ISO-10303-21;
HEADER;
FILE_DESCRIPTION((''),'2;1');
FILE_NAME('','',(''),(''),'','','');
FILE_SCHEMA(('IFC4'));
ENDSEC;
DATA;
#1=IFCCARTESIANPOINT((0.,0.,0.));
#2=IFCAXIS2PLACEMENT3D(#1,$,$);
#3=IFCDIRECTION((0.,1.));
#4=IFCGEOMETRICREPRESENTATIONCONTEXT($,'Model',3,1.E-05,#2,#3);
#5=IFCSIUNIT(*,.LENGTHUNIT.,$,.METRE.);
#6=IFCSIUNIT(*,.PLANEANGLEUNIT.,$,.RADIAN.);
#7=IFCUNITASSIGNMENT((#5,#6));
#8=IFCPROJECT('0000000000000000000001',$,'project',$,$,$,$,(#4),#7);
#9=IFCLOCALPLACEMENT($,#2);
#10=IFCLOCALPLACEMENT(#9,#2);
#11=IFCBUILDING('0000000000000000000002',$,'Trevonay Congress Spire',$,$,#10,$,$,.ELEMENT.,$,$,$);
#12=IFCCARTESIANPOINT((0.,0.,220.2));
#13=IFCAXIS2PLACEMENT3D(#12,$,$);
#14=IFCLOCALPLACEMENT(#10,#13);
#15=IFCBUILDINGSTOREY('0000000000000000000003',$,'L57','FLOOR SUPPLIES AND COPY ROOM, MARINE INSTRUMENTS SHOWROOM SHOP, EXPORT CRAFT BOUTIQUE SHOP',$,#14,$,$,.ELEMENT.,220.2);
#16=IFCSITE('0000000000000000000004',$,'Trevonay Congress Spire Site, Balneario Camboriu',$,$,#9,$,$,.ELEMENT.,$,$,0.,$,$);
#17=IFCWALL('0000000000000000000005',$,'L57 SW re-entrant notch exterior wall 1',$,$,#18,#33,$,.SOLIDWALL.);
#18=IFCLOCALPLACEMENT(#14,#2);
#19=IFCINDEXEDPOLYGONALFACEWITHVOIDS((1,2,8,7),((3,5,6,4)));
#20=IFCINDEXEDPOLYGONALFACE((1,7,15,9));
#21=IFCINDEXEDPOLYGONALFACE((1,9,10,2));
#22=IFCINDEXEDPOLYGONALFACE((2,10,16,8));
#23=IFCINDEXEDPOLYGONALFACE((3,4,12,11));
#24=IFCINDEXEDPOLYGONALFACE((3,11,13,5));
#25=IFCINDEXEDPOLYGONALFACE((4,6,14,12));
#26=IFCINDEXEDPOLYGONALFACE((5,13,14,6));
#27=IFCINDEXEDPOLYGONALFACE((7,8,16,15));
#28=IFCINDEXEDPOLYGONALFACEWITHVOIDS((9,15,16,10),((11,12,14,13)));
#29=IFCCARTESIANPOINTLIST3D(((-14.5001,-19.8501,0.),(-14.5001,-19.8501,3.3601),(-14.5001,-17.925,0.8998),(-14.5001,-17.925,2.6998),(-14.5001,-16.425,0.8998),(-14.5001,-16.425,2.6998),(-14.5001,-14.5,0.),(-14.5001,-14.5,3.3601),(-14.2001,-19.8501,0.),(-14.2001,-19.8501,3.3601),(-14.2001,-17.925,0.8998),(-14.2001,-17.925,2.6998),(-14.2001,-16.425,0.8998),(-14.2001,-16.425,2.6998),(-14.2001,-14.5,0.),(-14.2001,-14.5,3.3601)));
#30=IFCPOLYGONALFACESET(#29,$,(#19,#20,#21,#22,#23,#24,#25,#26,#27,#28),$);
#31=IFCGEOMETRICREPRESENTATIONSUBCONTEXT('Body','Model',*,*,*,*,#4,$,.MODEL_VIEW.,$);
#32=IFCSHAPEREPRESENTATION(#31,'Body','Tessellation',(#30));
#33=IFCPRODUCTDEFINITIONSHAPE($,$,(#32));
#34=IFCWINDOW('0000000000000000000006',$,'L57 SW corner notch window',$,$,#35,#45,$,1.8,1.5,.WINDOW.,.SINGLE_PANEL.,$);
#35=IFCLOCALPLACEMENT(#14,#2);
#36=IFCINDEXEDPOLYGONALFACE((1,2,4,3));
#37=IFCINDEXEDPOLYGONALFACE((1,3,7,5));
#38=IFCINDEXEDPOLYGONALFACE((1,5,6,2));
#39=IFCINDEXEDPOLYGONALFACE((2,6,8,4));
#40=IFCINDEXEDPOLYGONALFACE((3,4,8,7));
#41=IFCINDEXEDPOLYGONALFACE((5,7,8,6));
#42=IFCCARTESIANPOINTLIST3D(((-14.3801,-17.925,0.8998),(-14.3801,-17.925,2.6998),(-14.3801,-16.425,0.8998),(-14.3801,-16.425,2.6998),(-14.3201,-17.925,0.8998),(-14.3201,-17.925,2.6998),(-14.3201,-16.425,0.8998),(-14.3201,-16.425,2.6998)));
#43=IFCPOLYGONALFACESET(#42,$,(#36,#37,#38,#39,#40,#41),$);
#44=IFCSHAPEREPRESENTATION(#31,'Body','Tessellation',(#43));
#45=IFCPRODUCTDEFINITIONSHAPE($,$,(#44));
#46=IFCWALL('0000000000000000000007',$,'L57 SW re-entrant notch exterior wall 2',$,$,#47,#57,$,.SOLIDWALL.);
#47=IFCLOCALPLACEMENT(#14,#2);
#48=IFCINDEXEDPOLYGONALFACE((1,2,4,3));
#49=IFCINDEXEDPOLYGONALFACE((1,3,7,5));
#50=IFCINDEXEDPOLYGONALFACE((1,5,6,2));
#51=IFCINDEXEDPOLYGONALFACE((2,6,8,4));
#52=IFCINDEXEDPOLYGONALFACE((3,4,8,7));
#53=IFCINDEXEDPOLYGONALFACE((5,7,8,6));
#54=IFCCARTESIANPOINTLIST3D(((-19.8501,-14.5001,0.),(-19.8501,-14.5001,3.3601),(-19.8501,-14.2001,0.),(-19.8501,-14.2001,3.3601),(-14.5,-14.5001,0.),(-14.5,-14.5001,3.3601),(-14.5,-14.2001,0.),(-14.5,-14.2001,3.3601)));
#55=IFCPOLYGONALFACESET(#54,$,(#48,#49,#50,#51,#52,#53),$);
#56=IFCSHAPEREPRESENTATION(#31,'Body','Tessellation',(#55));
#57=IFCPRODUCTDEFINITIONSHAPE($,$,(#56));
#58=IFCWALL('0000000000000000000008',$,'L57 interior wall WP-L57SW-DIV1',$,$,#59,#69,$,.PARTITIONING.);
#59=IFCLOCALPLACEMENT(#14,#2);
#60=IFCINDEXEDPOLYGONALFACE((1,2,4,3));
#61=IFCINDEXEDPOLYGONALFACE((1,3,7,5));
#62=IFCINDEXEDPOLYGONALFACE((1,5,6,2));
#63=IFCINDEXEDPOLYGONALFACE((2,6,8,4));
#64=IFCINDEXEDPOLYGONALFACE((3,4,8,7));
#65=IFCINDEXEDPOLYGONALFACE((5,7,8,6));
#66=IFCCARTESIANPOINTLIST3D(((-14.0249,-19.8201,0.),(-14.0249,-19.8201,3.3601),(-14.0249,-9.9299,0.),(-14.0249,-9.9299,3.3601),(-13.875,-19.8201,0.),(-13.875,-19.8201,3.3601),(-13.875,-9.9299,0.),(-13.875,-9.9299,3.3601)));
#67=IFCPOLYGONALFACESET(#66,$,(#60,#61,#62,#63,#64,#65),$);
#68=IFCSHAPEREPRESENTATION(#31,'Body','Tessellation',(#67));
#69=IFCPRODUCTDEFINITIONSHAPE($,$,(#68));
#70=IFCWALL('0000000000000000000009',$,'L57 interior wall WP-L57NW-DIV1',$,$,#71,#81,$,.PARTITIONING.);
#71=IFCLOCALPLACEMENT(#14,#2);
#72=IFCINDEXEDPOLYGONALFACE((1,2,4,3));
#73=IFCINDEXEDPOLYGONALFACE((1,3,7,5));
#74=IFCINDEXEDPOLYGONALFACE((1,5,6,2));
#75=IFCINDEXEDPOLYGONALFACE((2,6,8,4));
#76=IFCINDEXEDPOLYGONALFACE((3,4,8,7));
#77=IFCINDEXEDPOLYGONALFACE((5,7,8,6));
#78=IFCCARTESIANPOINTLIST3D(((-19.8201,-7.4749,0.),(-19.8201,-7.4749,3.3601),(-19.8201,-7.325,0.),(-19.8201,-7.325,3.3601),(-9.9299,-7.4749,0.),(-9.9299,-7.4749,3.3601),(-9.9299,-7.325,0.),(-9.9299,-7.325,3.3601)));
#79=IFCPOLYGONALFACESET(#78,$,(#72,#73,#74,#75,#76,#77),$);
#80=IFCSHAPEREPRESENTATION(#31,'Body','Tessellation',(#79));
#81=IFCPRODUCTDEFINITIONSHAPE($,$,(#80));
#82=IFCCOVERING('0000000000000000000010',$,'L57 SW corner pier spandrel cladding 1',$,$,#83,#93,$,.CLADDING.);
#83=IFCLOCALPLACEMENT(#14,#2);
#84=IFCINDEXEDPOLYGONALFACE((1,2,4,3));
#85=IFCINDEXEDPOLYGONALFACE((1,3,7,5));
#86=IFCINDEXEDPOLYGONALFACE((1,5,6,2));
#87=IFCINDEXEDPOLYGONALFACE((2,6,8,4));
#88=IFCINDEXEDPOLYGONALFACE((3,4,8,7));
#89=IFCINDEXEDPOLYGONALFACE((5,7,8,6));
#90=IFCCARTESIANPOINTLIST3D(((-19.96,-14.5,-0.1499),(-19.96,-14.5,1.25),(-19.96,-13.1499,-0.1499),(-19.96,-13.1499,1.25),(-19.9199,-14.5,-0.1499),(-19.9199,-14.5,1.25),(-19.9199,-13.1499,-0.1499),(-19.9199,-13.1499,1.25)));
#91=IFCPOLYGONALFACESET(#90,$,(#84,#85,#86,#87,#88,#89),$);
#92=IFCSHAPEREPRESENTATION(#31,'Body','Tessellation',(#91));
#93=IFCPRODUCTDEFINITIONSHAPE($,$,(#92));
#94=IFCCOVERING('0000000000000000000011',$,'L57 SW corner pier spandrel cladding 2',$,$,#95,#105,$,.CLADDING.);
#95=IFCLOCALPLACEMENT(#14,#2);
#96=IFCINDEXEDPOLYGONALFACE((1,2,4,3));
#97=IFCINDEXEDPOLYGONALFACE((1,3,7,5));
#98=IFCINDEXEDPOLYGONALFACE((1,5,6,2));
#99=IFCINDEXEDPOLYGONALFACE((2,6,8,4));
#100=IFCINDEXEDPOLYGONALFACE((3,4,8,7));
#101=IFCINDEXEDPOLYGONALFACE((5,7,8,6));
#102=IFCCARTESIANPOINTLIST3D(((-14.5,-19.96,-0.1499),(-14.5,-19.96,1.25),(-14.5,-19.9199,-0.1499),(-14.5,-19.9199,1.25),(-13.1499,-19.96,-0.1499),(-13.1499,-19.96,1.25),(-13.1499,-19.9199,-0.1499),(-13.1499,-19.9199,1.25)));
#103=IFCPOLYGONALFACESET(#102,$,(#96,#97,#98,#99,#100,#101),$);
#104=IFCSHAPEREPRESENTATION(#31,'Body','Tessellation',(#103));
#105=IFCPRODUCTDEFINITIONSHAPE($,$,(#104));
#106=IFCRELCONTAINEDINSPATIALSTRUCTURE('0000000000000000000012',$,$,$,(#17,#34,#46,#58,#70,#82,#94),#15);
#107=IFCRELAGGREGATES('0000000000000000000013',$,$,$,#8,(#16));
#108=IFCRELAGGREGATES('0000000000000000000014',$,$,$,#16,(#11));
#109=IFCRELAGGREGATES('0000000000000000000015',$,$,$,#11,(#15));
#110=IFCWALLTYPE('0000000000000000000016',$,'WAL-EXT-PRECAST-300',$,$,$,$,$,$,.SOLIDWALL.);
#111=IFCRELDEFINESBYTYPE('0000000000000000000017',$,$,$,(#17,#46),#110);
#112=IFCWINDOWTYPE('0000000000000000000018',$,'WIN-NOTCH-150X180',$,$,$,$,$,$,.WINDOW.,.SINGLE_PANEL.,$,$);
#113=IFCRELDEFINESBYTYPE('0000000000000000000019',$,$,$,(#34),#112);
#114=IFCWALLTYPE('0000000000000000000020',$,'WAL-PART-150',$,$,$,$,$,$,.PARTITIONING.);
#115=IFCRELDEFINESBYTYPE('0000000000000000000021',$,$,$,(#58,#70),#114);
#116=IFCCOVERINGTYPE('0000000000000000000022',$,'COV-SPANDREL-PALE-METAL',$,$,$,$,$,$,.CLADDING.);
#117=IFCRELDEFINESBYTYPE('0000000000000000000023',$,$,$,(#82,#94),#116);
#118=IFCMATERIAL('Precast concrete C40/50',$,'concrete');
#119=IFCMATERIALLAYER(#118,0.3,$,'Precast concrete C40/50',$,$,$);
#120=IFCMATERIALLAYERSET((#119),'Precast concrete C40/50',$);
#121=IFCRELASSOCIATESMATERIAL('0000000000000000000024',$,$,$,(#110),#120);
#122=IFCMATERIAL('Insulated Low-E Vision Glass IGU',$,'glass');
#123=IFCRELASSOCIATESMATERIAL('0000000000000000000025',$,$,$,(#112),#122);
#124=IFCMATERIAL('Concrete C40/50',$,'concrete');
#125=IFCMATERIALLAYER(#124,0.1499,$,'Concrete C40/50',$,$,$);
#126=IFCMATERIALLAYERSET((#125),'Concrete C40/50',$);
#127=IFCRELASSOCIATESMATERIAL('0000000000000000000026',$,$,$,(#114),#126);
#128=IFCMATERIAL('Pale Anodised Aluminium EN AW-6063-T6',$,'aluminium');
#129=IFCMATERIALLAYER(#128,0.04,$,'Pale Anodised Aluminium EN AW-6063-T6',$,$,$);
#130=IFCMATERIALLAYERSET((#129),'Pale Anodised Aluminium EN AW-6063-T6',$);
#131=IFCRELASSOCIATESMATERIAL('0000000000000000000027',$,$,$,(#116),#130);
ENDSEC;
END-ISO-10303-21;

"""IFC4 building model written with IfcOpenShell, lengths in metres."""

from ifc_helpers import new_model, si_unit, direction, frame, frame_2d, origin, place, context, subcontext, project, spatial, rectangle, extrude, material, layer, layer_set, type_object, element, fill, save


model = new_model("IFC4")

# Units and contexts
model_context = context("Model", 3, precision=1e-05, world=origin(), true_north=direction((0.0, 1.0)))
body_context = subcontext(model_context, "Body", "Model", "MODEL_VIEW")
ifc_project = project(units=[si_unit("LENGTHUNIT", "METRE"), si_unit("PLANEANGLEUNIT", "RADIAN")], contexts=[model_context])

# Site, building, storey
site_placement = place(None, origin())
site = spatial("IfcSite", under=ifc_project, at=site_placement, Name="Trevonay Congress Spire Site, Balneario Camboriu", CompositionType="ELEMENT", RefElevation=0.0)
building_placement = place(site_placement, origin())
building = spatial("IfcBuilding", under=site, at=building_placement, Name="Trevonay Congress Spire", CompositionType="ELEMENT")
storey_placement = place(building_placement, frame((0.0, 0.0, 220.2)))
storey = spatial("IfcBuildingStorey", under=building, at=storey_placement, Name="L57", Description="FLOOR SUPPLIES AND COPY ROOM, MARINE INSTRUMENTS SHOWROOM SHOP, EXPORT CRAFT BOUTIQUE SHOP", CompositionType="ELEMENT", Elevation=220.2)

# Shared definitions
ifc_material_1 = material(Name="Pale Anodised Aluminium EN AW-6063-T6", Category="aluminium")

# Shared definitions
ifc_material_2 = material(Name="Insulated Low-E Vision Glass IGU", Category="glass")

# Shared definitions
ifc_material_3 = material(Name="Concrete C40/50", Category="concrete")

# Wall, opening, window
ifc_material_4 = material(Name="Precast concrete C40/50", Category="concrete")
ifc_layer_1 = layer(ifc_material_4, 0.3, Name="Precast concrete C40/50")
ifc_layer_set_1 = layer_set([ifc_layer_1], Name="Precast concrete C40/50")
wall_type_1 = type_object("IfcWallType", Name="WAL-EXT-PRECAST-300", PredefinedType="SOLIDWALL", material=ifc_layer_set_1)
wall_1_placement = place(storey_placement, frame((-14.3501, -19.8501, 0.0), z_axis=(0.0, 0.0, 1.0), x_axis=(0.0, 1.0, 0.0)))
wall_1 = element("IfcWall", 1, at=wall_1_placement, inside=storey, type_object=wall_type_1, Name="L57 SW re-entrant notch exterior wall 1", PredefinedType="SOLIDWALL", context=body_context, shape_type="SweptSolid", body=[
    extrude(rectangle(XDim=5.3501, YDim=0.3, at=frame_2d((2.675, 0.0))), origin(), (0.0, 0.0, 1.0), 3.3601),
])
opening_1_placement = place(wall_1_placement, frame((1.925, 0.0, 0.8999)))
opening_1 = element("IfcOpeningElement", 2, at=opening_1_placement, cuts=wall_1, PredefinedType="OPENING", context=body_context, shape_type="SweptSolid", body=[
    extrude(rectangle(XDim=1.5, YDim=1.8, at=frame_2d((0.75, 0.8999))), frame((0.0, 0.1602, 0.0), z_axis=(0.0, -1.0, 0.0), x_axis=(1.0, 0.0, 0.0)), (0.0, 0.0, 1.0), 0.3201),
])
window_type = type_object("IfcWindowType", Name="WIN-NOTCH-150X180", PartitioningType="SINGLE_PANEL", PredefinedType="WINDOW", material=ifc_material_2)
window_placement = place(opening_1_placement, origin())
window = element("IfcWindow", 3, at=window_placement, inside=storey, type_object=window_type, Name="L57 SW corner notch window", OverallHeight=1.8, OverallWidth=1.5, PartitioningType="SINGLE_PANEL", PredefinedType="WINDOW", context=body_context, shape_type="SweptSolid", body=[
    extrude(rectangle(XDim=1.5, YDim=1.8, at=frame_2d((0.75, 0.8999))), frame((0.0, 0.03, 0.0), z_axis=(0.0, -1.0, 0.0), x_axis=(1.0, 0.0, 0.0)), (0.0, 0.0, 1.0), 0.0601),
])
fill(opening_1, window)

# Walls
wall_2_placement = place(storey_placement, frame((-19.8501, -14.3501, 0.0), z_axis=(0.0, 0.0, 1.0), x_axis=(1.0, 0.0, 0.0)))
element("IfcWall", 4, at=wall_2_placement, inside=storey, type_object=wall_type_1, Name="L57 SW re-entrant notch exterior wall 2", PredefinedType="SOLIDWALL", context=body_context, shape_type="SweptSolid", body=[
    extrude(rectangle(XDim=5.3501, YDim=0.3, at=frame_2d((2.675, 0.0))), origin(), (0.0, 0.0, 1.0), 3.3601),
])
ifc_layer_2 = layer(ifc_material_3, 0.1499, Name="Concrete C40/50")
ifc_layer_set_2 = layer_set([ifc_layer_2], Name="Concrete C40/50")
wall_type_2 = type_object("IfcWallType", Name="WAL-PART-150", PredefinedType="PARTITIONING", material=ifc_layer_set_2)
for number, where, z_axis, x_axis, name in (
    (5, (-13.95, -19.8201, 0.0), (0.0, 0.0, 1.0), (0.0, 1.0, 0.0), "L57 interior wall WP-L57SW-DIV1"),
    (6, (-19.8201, -7.3999, 0.0), (0.0, 0.0, 1.0), (1.0, 0.0, 0.0), "L57 interior wall WP-L57NW-DIV1"),
):
    element("IfcWall", number, at=place(storey_placement, frame(where, z_axis=z_axis, x_axis=x_axis)), inside=storey, type_object=wall_type_2, Name=name, PredefinedType="PARTITIONING", context=body_context, shape_type="SweptSolid", body=[
        extrude(rectangle(XDim=9.8901, YDim=0.1499, at=frame_2d((4.9451, 0.0))), origin(), (0.0, 0.0, 1.0), 3.3601),
    ])

# Coverings
ifc_layer_3 = layer(ifc_material_1, 0.04, Name="Pale Anodised Aluminium EN AW-6063-T6")
ifc_layer_set_3 = layer_set([ifc_layer_3], Name="Pale Anodised Aluminium EN AW-6063-T6")
covering_type = type_object("IfcCoveringType", Name="COV-SPANDREL-PALE-METAL", PredefinedType="CLADDING", material=ifc_layer_set_3)
for number, where, z_axis, x_axis, name in (
    (7, (-19.9399, -13.1499, -0.1499), (0.0, 0.0, 1.0), (0.0, -1.0, 0.0), "L57 SW corner pier spandrel cladding 1"),
    (8, (-13.1499, -19.9399, -0.1499), (0.0, 0.0, 1.0), (-1.0, 0.0, 0.0), "L57 SW corner pier spandrel cladding 2"),
):
    element("IfcCovering", number, at=place(storey_placement, frame(where, z_axis=z_axis, x_axis=x_axis)), inside=storey, type_object=covering_type, Name=name, PredefinedType="CLADDING", context=body_context, shape_type="SweptSolid", body=[
        extrude(rectangle(XDim=1.3501, YDim=0.04, at=frame_2d((0.675, 0.0))), origin(), (0.0, 0.0, 1.0), 1.3999),
    ])

save(model, "model.ifc")
